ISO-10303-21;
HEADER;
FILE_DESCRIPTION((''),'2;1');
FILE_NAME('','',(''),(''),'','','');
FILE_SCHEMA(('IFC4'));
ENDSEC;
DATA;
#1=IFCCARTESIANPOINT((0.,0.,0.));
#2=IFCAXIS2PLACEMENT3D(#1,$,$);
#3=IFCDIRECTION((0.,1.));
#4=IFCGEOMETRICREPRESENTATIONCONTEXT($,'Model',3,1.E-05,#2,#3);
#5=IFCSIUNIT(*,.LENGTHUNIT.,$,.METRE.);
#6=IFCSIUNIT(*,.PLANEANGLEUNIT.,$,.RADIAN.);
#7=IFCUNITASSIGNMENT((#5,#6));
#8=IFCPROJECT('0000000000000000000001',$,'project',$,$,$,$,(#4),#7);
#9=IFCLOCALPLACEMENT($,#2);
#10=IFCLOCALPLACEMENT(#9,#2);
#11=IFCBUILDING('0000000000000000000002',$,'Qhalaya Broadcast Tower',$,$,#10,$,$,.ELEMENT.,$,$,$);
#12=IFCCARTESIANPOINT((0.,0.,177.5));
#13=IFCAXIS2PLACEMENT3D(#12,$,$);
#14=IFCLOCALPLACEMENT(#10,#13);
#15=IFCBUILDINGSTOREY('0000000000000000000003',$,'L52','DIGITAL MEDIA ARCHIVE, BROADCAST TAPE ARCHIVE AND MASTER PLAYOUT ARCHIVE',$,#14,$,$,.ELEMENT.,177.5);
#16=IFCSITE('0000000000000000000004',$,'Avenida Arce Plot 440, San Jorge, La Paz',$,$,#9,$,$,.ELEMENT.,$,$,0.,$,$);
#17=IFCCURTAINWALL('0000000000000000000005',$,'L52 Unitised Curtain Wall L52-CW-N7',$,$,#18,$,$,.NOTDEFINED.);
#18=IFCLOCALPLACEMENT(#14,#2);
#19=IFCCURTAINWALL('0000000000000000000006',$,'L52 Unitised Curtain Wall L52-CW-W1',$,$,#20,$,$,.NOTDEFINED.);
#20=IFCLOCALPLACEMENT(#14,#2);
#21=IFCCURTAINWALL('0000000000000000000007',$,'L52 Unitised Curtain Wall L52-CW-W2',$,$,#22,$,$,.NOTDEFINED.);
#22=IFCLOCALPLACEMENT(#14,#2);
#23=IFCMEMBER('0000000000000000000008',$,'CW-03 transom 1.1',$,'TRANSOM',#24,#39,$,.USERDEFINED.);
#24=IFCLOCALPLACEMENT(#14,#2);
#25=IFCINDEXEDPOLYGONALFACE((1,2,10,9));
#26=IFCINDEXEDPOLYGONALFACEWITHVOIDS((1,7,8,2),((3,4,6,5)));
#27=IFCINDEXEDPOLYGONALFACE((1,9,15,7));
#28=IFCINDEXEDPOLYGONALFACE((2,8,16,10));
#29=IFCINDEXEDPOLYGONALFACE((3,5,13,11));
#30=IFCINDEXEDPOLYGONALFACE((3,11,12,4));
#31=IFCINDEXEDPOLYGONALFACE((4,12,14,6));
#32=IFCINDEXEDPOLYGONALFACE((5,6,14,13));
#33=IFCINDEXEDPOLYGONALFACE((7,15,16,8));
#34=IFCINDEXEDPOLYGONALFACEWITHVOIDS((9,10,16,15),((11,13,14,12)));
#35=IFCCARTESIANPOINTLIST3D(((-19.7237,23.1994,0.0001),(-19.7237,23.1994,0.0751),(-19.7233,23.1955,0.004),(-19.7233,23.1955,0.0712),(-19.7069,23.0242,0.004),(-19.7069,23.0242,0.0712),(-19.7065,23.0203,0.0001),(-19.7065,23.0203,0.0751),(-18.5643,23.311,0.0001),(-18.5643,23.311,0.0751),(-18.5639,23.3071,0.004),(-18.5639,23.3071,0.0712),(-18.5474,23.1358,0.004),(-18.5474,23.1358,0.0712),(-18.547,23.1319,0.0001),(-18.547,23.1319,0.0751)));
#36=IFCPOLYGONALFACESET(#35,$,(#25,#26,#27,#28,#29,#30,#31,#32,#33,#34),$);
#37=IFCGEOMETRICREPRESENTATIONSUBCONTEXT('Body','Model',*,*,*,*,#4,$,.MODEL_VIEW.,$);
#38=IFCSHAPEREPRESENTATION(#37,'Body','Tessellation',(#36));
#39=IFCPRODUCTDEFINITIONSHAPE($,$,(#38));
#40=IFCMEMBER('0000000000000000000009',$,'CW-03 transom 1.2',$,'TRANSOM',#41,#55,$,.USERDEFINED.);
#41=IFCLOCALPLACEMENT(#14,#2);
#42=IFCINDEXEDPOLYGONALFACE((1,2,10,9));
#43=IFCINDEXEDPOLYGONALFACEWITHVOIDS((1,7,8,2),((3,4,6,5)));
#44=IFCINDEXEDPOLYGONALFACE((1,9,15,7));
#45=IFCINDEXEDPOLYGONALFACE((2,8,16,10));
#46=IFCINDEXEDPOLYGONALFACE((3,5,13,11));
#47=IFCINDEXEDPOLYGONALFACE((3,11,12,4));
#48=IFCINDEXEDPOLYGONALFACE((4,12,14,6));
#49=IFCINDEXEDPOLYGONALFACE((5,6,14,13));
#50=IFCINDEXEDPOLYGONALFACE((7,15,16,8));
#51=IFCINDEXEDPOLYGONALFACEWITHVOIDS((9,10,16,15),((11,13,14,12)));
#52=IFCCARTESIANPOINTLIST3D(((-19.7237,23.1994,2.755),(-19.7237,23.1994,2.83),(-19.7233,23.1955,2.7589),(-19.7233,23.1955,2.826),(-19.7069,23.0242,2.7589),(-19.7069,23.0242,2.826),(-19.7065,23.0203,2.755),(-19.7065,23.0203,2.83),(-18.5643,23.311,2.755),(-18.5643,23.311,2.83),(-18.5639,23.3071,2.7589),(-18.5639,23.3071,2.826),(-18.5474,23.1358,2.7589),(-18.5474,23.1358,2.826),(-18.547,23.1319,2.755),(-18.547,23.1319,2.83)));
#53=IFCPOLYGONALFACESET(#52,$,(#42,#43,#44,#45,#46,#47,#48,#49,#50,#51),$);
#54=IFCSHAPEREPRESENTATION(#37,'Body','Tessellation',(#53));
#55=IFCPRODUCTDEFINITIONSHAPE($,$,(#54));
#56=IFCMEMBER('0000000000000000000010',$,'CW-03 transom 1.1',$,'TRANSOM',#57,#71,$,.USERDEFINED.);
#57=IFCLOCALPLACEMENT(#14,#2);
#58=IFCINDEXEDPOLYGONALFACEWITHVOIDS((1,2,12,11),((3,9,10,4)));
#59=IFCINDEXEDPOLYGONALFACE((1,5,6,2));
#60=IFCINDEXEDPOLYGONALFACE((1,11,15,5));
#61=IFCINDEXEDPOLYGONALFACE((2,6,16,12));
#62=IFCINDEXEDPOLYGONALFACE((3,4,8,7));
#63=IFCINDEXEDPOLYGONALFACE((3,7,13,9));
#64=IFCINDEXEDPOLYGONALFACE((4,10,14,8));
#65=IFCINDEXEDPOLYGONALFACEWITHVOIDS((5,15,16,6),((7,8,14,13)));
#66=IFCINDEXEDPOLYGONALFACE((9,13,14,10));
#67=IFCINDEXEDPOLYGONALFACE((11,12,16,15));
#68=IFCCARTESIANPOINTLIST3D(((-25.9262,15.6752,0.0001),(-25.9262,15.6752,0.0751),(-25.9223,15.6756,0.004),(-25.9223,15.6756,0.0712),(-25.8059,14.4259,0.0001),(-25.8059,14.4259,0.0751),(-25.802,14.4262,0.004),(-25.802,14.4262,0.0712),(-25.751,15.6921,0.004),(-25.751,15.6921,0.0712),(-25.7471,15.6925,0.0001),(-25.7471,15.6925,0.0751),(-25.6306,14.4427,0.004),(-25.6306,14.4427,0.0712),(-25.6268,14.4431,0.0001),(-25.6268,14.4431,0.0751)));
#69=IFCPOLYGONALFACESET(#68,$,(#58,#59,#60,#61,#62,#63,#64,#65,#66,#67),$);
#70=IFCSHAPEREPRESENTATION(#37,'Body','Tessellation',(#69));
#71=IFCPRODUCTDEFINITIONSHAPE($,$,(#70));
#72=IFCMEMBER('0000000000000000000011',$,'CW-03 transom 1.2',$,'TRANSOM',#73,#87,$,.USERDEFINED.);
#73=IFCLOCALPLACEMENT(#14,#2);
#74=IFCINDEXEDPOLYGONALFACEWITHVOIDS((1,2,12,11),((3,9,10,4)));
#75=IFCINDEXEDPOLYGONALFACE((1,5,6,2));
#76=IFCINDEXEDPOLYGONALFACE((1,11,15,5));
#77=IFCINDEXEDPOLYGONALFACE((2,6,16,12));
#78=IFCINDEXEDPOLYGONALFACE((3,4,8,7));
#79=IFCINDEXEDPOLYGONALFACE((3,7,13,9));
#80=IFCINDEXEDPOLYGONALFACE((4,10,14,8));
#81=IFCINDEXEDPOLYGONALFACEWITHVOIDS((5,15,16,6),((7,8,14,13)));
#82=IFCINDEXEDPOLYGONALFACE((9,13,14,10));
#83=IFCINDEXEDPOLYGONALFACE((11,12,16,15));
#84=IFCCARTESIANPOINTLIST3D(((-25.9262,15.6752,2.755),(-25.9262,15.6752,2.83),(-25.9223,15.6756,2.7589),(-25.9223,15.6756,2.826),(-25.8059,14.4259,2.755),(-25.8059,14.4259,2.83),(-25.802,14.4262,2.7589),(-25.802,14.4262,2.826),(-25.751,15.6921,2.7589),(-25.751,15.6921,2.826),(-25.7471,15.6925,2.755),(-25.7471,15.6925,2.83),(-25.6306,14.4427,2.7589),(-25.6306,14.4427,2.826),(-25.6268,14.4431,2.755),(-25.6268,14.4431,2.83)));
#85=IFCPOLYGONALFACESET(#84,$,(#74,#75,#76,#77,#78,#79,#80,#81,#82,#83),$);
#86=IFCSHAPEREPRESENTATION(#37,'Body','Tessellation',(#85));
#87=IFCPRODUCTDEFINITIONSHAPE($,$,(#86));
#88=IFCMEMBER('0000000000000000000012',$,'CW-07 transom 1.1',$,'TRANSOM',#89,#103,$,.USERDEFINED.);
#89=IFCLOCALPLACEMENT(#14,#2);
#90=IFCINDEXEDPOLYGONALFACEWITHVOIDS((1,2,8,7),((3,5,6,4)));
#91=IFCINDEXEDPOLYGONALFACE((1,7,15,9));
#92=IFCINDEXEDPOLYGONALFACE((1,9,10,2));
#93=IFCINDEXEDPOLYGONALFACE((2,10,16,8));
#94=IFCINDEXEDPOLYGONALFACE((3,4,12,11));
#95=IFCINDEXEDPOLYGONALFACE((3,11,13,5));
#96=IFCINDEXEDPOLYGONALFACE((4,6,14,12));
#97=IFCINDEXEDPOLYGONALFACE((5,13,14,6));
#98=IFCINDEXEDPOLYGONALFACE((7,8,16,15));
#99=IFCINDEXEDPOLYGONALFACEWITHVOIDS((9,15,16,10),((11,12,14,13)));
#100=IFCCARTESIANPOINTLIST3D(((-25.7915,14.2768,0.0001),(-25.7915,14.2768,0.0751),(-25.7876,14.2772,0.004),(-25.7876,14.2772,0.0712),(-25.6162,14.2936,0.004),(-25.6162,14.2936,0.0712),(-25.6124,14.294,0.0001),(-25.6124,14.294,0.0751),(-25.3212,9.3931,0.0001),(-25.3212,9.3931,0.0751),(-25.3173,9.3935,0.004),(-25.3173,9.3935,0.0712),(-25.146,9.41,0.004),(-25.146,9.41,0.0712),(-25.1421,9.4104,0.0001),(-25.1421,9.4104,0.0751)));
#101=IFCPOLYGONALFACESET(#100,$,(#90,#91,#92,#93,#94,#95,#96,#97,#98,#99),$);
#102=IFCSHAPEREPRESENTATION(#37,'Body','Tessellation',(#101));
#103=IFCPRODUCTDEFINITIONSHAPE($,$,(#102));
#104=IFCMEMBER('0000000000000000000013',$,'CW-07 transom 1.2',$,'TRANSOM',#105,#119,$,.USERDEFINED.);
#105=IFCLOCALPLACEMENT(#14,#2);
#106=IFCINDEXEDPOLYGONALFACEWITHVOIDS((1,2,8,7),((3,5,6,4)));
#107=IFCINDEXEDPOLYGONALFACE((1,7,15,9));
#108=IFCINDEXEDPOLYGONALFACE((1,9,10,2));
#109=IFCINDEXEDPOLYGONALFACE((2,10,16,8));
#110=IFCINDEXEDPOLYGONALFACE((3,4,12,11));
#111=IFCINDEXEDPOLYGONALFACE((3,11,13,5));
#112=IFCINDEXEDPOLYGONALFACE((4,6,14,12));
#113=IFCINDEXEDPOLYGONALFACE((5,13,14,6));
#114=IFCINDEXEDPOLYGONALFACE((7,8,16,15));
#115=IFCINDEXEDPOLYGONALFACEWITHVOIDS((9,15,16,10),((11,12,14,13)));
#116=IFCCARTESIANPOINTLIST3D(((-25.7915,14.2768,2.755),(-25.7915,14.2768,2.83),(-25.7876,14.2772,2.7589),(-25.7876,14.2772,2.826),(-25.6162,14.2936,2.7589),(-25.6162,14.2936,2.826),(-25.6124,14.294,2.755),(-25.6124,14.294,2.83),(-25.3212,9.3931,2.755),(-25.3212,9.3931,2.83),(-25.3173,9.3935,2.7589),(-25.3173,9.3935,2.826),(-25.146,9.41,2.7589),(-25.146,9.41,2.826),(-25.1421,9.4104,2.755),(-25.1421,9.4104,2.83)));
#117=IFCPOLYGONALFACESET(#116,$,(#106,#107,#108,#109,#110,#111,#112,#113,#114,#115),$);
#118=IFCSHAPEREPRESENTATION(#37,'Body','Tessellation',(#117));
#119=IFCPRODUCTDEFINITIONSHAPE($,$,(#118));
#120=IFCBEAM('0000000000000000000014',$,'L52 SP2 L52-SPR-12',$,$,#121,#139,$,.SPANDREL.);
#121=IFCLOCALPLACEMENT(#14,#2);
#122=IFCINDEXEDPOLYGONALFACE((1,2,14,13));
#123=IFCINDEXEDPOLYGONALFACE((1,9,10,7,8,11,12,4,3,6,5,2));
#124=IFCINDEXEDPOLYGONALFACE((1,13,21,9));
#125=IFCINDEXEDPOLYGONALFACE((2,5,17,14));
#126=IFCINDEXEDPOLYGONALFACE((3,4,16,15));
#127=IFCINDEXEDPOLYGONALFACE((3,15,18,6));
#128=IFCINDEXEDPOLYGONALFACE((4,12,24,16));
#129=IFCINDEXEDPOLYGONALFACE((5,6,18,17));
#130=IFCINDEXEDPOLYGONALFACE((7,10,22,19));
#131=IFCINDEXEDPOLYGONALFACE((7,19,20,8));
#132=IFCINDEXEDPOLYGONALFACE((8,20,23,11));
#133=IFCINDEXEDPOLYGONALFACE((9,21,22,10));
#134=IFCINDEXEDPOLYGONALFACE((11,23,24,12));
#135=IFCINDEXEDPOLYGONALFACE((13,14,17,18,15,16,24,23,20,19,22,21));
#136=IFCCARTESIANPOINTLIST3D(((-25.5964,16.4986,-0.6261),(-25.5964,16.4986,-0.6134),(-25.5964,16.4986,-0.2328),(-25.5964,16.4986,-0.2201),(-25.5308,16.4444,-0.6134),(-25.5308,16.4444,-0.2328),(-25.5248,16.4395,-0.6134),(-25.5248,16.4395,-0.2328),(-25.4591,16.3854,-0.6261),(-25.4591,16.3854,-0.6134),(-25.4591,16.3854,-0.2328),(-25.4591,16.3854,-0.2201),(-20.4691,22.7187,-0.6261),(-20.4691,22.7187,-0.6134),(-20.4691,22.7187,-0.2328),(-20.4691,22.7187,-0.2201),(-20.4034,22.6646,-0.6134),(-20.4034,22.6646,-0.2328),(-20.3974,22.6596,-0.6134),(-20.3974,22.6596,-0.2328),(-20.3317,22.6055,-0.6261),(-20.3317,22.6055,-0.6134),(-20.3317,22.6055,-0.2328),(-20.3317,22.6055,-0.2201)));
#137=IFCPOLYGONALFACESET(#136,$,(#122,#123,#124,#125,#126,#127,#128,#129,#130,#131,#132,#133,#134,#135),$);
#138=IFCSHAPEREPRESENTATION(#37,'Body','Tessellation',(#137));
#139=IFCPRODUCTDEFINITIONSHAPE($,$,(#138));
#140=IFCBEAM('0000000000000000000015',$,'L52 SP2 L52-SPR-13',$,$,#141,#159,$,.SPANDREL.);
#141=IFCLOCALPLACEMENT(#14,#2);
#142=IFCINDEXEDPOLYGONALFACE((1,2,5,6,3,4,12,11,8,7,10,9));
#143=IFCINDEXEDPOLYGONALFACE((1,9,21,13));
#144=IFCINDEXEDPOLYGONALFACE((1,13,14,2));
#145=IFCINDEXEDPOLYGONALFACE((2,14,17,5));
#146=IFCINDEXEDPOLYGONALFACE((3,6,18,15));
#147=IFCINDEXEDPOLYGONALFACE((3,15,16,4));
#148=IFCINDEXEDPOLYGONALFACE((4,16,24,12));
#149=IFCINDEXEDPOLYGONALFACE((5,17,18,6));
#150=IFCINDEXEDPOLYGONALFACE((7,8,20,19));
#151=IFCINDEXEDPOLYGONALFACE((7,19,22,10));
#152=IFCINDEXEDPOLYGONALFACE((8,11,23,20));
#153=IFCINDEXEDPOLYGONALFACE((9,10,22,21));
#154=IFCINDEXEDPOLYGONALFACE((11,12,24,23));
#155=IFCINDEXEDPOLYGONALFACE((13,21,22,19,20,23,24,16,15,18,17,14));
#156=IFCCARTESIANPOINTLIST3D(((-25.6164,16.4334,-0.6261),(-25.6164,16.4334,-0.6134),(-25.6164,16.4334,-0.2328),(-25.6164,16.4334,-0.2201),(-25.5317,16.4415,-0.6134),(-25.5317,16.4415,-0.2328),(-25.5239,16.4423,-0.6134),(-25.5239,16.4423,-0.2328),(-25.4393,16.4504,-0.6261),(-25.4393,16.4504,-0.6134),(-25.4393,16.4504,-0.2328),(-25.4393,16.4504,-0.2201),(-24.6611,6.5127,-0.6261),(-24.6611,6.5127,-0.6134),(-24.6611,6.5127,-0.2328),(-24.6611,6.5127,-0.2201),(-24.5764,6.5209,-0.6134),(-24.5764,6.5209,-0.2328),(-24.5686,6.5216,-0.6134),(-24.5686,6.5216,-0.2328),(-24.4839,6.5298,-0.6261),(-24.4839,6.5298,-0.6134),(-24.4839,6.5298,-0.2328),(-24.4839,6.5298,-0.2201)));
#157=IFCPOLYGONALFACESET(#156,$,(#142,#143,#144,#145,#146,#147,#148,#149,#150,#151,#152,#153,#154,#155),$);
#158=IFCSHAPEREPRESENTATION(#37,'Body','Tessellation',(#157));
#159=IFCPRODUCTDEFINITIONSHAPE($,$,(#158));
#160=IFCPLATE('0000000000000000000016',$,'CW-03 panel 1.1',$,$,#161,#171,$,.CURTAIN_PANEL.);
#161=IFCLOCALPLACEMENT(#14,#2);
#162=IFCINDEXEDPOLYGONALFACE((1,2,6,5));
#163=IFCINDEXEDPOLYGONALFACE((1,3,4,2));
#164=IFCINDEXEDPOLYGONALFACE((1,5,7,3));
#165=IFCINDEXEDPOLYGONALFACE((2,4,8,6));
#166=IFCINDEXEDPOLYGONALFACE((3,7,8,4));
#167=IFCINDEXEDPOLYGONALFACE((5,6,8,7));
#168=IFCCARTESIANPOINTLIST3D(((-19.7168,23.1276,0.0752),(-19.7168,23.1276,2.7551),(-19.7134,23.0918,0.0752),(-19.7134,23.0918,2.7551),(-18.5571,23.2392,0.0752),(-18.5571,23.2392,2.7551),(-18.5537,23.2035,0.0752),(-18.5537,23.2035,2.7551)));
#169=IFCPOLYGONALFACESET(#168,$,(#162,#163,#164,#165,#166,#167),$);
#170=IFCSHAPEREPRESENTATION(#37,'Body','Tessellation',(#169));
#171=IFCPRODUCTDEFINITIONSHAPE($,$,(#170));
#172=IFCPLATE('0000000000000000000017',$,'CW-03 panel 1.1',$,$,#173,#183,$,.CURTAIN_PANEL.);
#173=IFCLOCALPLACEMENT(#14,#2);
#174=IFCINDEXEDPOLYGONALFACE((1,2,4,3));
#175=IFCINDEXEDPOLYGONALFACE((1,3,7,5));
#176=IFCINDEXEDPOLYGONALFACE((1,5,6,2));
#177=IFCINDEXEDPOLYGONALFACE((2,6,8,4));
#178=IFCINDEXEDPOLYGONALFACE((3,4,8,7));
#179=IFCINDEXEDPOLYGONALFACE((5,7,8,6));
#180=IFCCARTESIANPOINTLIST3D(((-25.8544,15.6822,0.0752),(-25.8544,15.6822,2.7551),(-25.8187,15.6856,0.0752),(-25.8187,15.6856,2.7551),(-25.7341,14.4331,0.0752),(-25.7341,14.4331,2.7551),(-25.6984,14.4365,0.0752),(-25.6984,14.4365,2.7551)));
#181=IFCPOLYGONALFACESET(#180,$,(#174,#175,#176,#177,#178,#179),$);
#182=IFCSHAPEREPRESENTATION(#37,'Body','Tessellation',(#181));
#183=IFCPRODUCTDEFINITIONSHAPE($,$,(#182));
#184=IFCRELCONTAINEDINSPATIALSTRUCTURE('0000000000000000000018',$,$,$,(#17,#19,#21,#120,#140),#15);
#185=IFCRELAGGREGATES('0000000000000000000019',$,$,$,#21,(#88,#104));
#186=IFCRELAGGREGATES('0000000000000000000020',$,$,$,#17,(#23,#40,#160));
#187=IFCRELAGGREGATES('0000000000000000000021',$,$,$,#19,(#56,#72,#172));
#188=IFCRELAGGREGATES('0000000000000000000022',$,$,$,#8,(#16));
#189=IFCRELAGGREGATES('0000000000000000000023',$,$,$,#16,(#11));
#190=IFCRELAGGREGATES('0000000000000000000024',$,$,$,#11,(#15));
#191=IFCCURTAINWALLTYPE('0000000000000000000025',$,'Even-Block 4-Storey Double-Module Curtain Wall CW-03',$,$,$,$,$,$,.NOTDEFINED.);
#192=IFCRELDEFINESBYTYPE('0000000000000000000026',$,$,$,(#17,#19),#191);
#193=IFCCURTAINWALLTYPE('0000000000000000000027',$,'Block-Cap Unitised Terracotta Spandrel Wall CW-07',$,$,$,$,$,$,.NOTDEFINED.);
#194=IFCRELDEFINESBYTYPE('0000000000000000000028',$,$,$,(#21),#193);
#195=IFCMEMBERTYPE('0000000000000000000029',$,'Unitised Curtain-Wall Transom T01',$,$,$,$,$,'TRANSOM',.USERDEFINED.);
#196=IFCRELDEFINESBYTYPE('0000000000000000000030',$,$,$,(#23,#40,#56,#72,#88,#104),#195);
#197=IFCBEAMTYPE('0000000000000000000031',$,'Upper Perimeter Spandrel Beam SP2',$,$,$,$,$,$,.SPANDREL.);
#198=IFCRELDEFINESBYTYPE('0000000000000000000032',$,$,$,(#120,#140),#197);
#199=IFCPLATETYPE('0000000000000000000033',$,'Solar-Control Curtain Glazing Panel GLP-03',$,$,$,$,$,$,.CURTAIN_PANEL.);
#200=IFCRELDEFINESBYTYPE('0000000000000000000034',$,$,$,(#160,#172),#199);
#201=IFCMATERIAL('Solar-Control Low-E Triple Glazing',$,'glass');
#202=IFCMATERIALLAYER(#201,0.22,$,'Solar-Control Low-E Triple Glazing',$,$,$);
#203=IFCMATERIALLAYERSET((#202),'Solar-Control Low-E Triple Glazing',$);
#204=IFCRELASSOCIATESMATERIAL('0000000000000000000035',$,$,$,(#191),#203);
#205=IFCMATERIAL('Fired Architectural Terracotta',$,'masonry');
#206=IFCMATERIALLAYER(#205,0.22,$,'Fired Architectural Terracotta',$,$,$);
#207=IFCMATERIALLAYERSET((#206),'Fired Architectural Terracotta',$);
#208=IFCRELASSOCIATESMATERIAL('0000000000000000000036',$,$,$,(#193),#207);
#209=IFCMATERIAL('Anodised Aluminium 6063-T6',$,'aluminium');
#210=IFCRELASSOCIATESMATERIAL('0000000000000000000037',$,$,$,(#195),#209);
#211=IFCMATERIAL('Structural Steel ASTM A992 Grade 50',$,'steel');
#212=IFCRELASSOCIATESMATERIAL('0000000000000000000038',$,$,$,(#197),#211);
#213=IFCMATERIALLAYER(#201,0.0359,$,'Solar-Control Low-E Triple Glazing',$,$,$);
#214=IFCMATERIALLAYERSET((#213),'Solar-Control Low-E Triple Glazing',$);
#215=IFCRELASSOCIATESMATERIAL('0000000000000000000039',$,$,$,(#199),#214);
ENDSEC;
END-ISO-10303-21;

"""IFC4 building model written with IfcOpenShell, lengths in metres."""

from ifc_helpers import new_model, si_unit, direction, frame, origin, origin_2d, place, context, subcontext, project, spatial, rectangle, hollow_rectangle, i_section, extrude, material, layer, layer_set, material_profile, profile_set, type_object, element, aggregate, save


model = new_model("IFC4")

# Units and contexts
model_context = context("Model", 3, precision=1e-05, world=origin(), true_north=direction((0.0, 1.0)))
body_context = subcontext(model_context, "Body", "Model", "MODEL_VIEW")
ifc_project = project(units=[si_unit("LENGTHUNIT", "METRE"), si_unit("PLANEANGLEUNIT", "RADIAN")], contexts=[model_context])

# Site, building, storey
site_placement = place(None, origin())
site = spatial("IfcSite", under=ifc_project, at=site_placement, Name="Avenida Arce Plot 440, San Jorge, La Paz", CompositionType="ELEMENT", RefElevation=0.0)
building_placement = place(site_placement, origin())
building = spatial("IfcBuilding", under=site, at=building_placement, Name="Qhalaya Broadcast Tower", CompositionType="ELEMENT")
storey_placement = place(building_placement, frame((0.0, 0.0, 177.5)))
storey = spatial("IfcBuildingStorey", under=building, at=storey_placement, Name="L52", Description="DIGITAL MEDIA ARCHIVE, BROADCAST TAPE ARCHIVE AND MASTER PLAYOUT ARCHIVE", CompositionType="ELEMENT", Elevation=177.5)

# Shared definitions
ifc_material_1 = material(Name="Structural Steel ASTM A992 Grade 50", Category="steel")

# Shared definitions
ifc_material_2 = material(Name="Fired Architectural Terracotta", Category="masonry")

# Curtain walls
ifc_material_3 = material(Name="Solar-Control Low-E Triple Glazing", Category="glass")
ifc_layer_1 = layer(ifc_material_3, 0.22, Name="Solar-Control Low-E Triple Glazing")
ifc_layer_set_1 = layer_set([ifc_layer_1], Name="Solar-Control Low-E Triple Glazing")
curtain_wall_type_1 = type_object("IfcCurtainWallType", Name="Even-Block 4-Storey Double-Module Curtain Wall CW-03", PredefinedType="NOTDEFINED", material=ifc_layer_set_1)
curtain_wall_1_placement = place(storey_placement, origin())
curtain_wall_1 = element("IfcCurtainWall", 1, at=curtain_wall_1_placement, inside=storey, type_object=curtain_wall_type_1, Name="L52 Unitised Curtain Wall L52-CW-N7", PredefinedType="NOTDEFINED")
ifc_material_4 = material(Name="Anodised Aluminium 6063-T6", Category="aluminium")
curtain_wall_2_placement = place(storey_placement, origin())
curtain_wall_2 = element("IfcCurtainWall", 2, at=curtain_wall_2_placement, inside=storey, type_object=curtain_wall_type_1, Name="L52 Unitised Curtain Wall L52-CW-W1", PredefinedType="NOTDEFINED")

# Curtain wall
ifc_layer_2 = layer(ifc_material_2, 0.22, Name="Fired Architectural Terracotta")
ifc_layer_set_2 = layer_set([ifc_layer_2], Name="Fired Architectural Terracotta")
curtain_wall_type_2 = type_object("IfcCurtainWallType", Name="Block-Cap Unitised Terracotta Spandrel Wall CW-07", PredefinedType="NOTDEFINED", material=ifc_layer_set_2)
curtain_wall_3_placement = place(storey_placement, origin())
curtain_wall_3 = element("IfcCurtainWall", 3, at=curtain_wall_3_placement, inside=storey, type_object=curtain_wall_type_2, Name="L52 Unitised Curtain Wall L52-CW-W2", PredefinedType="NOTDEFINED")

# Members
ifc_material_profile_1 = material_profile(ifc_material_4, hollow_rectangle(XDim=0.075, YDim=0.1799, WallThickness=0.0039, at=origin_2d()), Name="ALU-TRN 75x180x4")
ifc_profile_set_1 = profile_set([ifc_material_profile_1], Name="Anodised Aluminium 6063-T6")
member_type_1 = type_object("IfcMemberType", Name="Unitised Curtain-Wall Transom T01", ElementType="TRANSOM", PredefinedType="USERDEFINED", material=ifc_profile_set_1)
member_1_placement = place(storey_placement, frame((-18.5557, 23.2214, 0.0376), z_axis=(-0.995402, -0.095788, 0.0), x_axis=(0.0, 0.0, 1.0)))
member_1 = element("IfcMember", 4, at=member_1_placement, type_object=member_type_1, Name="CW-03 transom 1.1", ObjectType="TRANSOM", PredefinedType="USERDEFINED", context=body_context, shape_type="SweptSolid", body=[
    extrude(hollow_rectangle(XDim=0.075, YDim=0.1799, WallThickness=0.0039, at=origin_2d()), origin(), (0.0, 0.0, 1.0), 1.1648),
])
member_2_placement = place(storey_placement, frame((-18.5557, 23.2214, 2.7925), z_axis=(-0.995402, -0.095788, 0.0), x_axis=(0.0, 0.0, 1.0)))
member_2 = element("IfcMember", 5, at=member_2_placement, type_object=member_type_1, Name="CW-03 transom 1.2", ObjectType="TRANSOM", PredefinedType="USERDEFINED", context=body_context, shape_type="SweptSolid", body=[
    extrude(hollow_rectangle(XDim=0.075, YDim=0.1799, WallThickness=0.0039, at=origin_2d()), origin(), (0.0, 0.0, 1.0), 1.1648),
])
member_3_placement = place(storey_placement, frame((-25.8367, 15.6838, 0.0376), z_axis=(0.095901, -0.995391, 0.0), x_axis=(0.0, 0.0, 1.0)))
member_3 = element("IfcMember", 6, at=member_3_placement, type_object=member_type_1, Name="CW-03 transom 1.1", ObjectType="TRANSOM", PredefinedType="USERDEFINED", context=body_context, shape_type="SweptSolid", body=[
    extrude(hollow_rectangle(XDim=0.075, YDim=0.1799, WallThickness=0.0039, at=origin_2d()), origin(), (0.0, 0.0, 1.0), 1.2551),
])
member_4_placement = place(storey_placement, frame((-25.8367, 15.6838, 2.7925), z_axis=(0.095901, -0.995391, 0.0), x_axis=(0.0, 0.0, 1.0)))
member_4 = element("IfcMember", 7, at=member_4_placement, type_object=member_type_1, Name="CW-03 transom 1.2", ObjectType="TRANSOM", PredefinedType="USERDEFINED", context=body_context, shape_type="SweptSolid", body=[
    extrude(hollow_rectangle(XDim=0.075, YDim=0.1799, WallThickness=0.0039, at=origin_2d()), origin(), (0.0, 0.0, 1.0), 1.2551),
])
member_5_placement = place(storey_placement, frame((-25.7019, 14.2854, 0.0376), z_axis=(0.095842, -0.995397, 0.0), x_axis=(0.0, 0.0, 1.0)))
member_5 = element("IfcMember", 8, at=member_5_placement, type_object=member_type_1, Name="CW-07 transom 1.1", ObjectType="TRANSOM", PredefinedType="USERDEFINED", context=body_context, shape_type="SweptSolid", body=[
    extrude(hollow_rectangle(XDim=0.075, YDim=0.1799, WallThickness=0.0039, at=origin_2d()), origin(), (0.0, 0.0, 1.0), 4.9062),
])
member_6_placement = place(storey_placement, frame((-25.7019, 14.2854, 2.7925), z_axis=(0.095842, -0.995397, 0.0), x_axis=(0.0, 0.0, 1.0)))
member_6 = element("IfcMember", 9, at=member_6_placement, type_object=member_type_1, Name="CW-07 transom 1.2", ObjectType="TRANSOM", PredefinedType="USERDEFINED", context=body_context, shape_type="SweptSolid", body=[
    extrude(hollow_rectangle(XDim=0.075, YDim=0.1799, WallThickness=0.0039, at=origin_2d()), origin(), (0.0, 0.0, 1.0), 4.9062),
])
aggregate(curtain_wall_3, [member_5, member_6])

# Beams
ifc_material_profile_2 = material_profile(ifc_material_1, i_section(OverallWidth=0.178, OverallDepth=0.406, WebThickness=0.0078, FlangeThickness=0.0127, at=origin_2d()), Name="W16X40")
ifc_profile_set_2 = profile_set([ifc_material_profile_2], Name="Structural Steel ASTM A992 Grade 50")
beam_type_1 = type_object("IfcBeamType", Name="Upper Perimeter Spandrel Beam SP2", PredefinedType="SPANDREL", material=ifc_profile_set_2)
beam_1_placement = place(storey_placement, frame((-20.4004, 22.6621, -0.4231), z_axis=(-0.63607, -0.771631, 0.0), x_axis=(0.771631, -0.63607, 0.0)))
element("IfcBeam", 10, at=beam_1_placement, inside=storey, type_object=beam_type_1, Name="L52 SP2 L52-SPR-12", PredefinedType="SPANDREL", context=body_context, shape_type="SweptSolid", body=[
    extrude(i_section(OverallWidth=0.178, OverallDepth=0.406, WebThickness=0.0078, FlangeThickness=0.0127, at=origin_2d()), origin(), (0.0, 0.0, 1.0), 8.061),
])
beam_2_placement = place(storey_placement, frame((-25.5278, 16.4419, -0.4231), z_axis=(0.095853, -0.995396, 0.0), x_axis=(0.995396, 0.095853, 0.0)))
element("IfcBeam", 11, at=beam_2_placement, inside=storey, type_object=beam_type_1, Name="L52 SP2 L52-SPR-13", PredefinedType="SPANDREL", context=body_context, shape_type="SweptSolid", body=[
    extrude(i_section(OverallWidth=0.178, OverallDepth=0.406, WebThickness=0.0078, FlangeThickness=0.0127, at=origin_2d()), origin(), (0.0, 0.0, 1.0), 9.9666),
])

# Plates
ifc_layer_3 = layer(ifc_material_3, 0.0359, Name="Solar-Control Low-E Triple Glazing")
ifc_layer_set_3 = layer_set([ifc_layer_3], Name="Solar-Control Low-E Triple Glazing")
plate_type = type_object("IfcPlateType", Name="Solar-Control Curtain Glazing Panel GLP-03", PredefinedType="CURTAIN_PANEL", material=ifc_layer_set_3)
plate_1_placement = place(storey_placement, frame((-19.1353, 23.1655, 0.0752), z_axis=(0.0, 0.0, 1.0), x_axis=(-0.995399, -0.095821, 0.0)))
plate_1 = element("IfcPlate", 12, at=plate_1_placement, type_object=plate_type, Name="CW-03 panel 1.1", PredefinedType="CURTAIN_PANEL", context=body_context, shape_type="SweptSolid", body=[
    extrude(rectangle(XDim=1.165, YDim=0.0359, at=origin_2d()), origin(), (0.0, 0.0, 1.0), 2.6799),
])
aggregate(curtain_wall_1, [member_1, member_2, plate_1])
plate_2_placement = place(storey_placement, frame((-25.7764, 15.0593, 0.0752), z_axis=(0.0, 0.0, 1.0), x_axis=(0.095874, -0.995393, 0.0)))
plate_2 = element("IfcPlate", 13, at=plate_2_placement, type_object=plate_type, Name="CW-03 panel 1.1", PredefinedType="CURTAIN_PANEL", context=body_context, shape_type="SweptSolid", body=[
    extrude(rectangle(XDim=1.2549, YDim=0.0359, at=origin_2d()), origin(), (0.0, 0.0, 1.0), 2.6799),
])
aggregate(curtain_wall_2, [member_3, member_4, plate_2])

save(model, "model.ifc")
